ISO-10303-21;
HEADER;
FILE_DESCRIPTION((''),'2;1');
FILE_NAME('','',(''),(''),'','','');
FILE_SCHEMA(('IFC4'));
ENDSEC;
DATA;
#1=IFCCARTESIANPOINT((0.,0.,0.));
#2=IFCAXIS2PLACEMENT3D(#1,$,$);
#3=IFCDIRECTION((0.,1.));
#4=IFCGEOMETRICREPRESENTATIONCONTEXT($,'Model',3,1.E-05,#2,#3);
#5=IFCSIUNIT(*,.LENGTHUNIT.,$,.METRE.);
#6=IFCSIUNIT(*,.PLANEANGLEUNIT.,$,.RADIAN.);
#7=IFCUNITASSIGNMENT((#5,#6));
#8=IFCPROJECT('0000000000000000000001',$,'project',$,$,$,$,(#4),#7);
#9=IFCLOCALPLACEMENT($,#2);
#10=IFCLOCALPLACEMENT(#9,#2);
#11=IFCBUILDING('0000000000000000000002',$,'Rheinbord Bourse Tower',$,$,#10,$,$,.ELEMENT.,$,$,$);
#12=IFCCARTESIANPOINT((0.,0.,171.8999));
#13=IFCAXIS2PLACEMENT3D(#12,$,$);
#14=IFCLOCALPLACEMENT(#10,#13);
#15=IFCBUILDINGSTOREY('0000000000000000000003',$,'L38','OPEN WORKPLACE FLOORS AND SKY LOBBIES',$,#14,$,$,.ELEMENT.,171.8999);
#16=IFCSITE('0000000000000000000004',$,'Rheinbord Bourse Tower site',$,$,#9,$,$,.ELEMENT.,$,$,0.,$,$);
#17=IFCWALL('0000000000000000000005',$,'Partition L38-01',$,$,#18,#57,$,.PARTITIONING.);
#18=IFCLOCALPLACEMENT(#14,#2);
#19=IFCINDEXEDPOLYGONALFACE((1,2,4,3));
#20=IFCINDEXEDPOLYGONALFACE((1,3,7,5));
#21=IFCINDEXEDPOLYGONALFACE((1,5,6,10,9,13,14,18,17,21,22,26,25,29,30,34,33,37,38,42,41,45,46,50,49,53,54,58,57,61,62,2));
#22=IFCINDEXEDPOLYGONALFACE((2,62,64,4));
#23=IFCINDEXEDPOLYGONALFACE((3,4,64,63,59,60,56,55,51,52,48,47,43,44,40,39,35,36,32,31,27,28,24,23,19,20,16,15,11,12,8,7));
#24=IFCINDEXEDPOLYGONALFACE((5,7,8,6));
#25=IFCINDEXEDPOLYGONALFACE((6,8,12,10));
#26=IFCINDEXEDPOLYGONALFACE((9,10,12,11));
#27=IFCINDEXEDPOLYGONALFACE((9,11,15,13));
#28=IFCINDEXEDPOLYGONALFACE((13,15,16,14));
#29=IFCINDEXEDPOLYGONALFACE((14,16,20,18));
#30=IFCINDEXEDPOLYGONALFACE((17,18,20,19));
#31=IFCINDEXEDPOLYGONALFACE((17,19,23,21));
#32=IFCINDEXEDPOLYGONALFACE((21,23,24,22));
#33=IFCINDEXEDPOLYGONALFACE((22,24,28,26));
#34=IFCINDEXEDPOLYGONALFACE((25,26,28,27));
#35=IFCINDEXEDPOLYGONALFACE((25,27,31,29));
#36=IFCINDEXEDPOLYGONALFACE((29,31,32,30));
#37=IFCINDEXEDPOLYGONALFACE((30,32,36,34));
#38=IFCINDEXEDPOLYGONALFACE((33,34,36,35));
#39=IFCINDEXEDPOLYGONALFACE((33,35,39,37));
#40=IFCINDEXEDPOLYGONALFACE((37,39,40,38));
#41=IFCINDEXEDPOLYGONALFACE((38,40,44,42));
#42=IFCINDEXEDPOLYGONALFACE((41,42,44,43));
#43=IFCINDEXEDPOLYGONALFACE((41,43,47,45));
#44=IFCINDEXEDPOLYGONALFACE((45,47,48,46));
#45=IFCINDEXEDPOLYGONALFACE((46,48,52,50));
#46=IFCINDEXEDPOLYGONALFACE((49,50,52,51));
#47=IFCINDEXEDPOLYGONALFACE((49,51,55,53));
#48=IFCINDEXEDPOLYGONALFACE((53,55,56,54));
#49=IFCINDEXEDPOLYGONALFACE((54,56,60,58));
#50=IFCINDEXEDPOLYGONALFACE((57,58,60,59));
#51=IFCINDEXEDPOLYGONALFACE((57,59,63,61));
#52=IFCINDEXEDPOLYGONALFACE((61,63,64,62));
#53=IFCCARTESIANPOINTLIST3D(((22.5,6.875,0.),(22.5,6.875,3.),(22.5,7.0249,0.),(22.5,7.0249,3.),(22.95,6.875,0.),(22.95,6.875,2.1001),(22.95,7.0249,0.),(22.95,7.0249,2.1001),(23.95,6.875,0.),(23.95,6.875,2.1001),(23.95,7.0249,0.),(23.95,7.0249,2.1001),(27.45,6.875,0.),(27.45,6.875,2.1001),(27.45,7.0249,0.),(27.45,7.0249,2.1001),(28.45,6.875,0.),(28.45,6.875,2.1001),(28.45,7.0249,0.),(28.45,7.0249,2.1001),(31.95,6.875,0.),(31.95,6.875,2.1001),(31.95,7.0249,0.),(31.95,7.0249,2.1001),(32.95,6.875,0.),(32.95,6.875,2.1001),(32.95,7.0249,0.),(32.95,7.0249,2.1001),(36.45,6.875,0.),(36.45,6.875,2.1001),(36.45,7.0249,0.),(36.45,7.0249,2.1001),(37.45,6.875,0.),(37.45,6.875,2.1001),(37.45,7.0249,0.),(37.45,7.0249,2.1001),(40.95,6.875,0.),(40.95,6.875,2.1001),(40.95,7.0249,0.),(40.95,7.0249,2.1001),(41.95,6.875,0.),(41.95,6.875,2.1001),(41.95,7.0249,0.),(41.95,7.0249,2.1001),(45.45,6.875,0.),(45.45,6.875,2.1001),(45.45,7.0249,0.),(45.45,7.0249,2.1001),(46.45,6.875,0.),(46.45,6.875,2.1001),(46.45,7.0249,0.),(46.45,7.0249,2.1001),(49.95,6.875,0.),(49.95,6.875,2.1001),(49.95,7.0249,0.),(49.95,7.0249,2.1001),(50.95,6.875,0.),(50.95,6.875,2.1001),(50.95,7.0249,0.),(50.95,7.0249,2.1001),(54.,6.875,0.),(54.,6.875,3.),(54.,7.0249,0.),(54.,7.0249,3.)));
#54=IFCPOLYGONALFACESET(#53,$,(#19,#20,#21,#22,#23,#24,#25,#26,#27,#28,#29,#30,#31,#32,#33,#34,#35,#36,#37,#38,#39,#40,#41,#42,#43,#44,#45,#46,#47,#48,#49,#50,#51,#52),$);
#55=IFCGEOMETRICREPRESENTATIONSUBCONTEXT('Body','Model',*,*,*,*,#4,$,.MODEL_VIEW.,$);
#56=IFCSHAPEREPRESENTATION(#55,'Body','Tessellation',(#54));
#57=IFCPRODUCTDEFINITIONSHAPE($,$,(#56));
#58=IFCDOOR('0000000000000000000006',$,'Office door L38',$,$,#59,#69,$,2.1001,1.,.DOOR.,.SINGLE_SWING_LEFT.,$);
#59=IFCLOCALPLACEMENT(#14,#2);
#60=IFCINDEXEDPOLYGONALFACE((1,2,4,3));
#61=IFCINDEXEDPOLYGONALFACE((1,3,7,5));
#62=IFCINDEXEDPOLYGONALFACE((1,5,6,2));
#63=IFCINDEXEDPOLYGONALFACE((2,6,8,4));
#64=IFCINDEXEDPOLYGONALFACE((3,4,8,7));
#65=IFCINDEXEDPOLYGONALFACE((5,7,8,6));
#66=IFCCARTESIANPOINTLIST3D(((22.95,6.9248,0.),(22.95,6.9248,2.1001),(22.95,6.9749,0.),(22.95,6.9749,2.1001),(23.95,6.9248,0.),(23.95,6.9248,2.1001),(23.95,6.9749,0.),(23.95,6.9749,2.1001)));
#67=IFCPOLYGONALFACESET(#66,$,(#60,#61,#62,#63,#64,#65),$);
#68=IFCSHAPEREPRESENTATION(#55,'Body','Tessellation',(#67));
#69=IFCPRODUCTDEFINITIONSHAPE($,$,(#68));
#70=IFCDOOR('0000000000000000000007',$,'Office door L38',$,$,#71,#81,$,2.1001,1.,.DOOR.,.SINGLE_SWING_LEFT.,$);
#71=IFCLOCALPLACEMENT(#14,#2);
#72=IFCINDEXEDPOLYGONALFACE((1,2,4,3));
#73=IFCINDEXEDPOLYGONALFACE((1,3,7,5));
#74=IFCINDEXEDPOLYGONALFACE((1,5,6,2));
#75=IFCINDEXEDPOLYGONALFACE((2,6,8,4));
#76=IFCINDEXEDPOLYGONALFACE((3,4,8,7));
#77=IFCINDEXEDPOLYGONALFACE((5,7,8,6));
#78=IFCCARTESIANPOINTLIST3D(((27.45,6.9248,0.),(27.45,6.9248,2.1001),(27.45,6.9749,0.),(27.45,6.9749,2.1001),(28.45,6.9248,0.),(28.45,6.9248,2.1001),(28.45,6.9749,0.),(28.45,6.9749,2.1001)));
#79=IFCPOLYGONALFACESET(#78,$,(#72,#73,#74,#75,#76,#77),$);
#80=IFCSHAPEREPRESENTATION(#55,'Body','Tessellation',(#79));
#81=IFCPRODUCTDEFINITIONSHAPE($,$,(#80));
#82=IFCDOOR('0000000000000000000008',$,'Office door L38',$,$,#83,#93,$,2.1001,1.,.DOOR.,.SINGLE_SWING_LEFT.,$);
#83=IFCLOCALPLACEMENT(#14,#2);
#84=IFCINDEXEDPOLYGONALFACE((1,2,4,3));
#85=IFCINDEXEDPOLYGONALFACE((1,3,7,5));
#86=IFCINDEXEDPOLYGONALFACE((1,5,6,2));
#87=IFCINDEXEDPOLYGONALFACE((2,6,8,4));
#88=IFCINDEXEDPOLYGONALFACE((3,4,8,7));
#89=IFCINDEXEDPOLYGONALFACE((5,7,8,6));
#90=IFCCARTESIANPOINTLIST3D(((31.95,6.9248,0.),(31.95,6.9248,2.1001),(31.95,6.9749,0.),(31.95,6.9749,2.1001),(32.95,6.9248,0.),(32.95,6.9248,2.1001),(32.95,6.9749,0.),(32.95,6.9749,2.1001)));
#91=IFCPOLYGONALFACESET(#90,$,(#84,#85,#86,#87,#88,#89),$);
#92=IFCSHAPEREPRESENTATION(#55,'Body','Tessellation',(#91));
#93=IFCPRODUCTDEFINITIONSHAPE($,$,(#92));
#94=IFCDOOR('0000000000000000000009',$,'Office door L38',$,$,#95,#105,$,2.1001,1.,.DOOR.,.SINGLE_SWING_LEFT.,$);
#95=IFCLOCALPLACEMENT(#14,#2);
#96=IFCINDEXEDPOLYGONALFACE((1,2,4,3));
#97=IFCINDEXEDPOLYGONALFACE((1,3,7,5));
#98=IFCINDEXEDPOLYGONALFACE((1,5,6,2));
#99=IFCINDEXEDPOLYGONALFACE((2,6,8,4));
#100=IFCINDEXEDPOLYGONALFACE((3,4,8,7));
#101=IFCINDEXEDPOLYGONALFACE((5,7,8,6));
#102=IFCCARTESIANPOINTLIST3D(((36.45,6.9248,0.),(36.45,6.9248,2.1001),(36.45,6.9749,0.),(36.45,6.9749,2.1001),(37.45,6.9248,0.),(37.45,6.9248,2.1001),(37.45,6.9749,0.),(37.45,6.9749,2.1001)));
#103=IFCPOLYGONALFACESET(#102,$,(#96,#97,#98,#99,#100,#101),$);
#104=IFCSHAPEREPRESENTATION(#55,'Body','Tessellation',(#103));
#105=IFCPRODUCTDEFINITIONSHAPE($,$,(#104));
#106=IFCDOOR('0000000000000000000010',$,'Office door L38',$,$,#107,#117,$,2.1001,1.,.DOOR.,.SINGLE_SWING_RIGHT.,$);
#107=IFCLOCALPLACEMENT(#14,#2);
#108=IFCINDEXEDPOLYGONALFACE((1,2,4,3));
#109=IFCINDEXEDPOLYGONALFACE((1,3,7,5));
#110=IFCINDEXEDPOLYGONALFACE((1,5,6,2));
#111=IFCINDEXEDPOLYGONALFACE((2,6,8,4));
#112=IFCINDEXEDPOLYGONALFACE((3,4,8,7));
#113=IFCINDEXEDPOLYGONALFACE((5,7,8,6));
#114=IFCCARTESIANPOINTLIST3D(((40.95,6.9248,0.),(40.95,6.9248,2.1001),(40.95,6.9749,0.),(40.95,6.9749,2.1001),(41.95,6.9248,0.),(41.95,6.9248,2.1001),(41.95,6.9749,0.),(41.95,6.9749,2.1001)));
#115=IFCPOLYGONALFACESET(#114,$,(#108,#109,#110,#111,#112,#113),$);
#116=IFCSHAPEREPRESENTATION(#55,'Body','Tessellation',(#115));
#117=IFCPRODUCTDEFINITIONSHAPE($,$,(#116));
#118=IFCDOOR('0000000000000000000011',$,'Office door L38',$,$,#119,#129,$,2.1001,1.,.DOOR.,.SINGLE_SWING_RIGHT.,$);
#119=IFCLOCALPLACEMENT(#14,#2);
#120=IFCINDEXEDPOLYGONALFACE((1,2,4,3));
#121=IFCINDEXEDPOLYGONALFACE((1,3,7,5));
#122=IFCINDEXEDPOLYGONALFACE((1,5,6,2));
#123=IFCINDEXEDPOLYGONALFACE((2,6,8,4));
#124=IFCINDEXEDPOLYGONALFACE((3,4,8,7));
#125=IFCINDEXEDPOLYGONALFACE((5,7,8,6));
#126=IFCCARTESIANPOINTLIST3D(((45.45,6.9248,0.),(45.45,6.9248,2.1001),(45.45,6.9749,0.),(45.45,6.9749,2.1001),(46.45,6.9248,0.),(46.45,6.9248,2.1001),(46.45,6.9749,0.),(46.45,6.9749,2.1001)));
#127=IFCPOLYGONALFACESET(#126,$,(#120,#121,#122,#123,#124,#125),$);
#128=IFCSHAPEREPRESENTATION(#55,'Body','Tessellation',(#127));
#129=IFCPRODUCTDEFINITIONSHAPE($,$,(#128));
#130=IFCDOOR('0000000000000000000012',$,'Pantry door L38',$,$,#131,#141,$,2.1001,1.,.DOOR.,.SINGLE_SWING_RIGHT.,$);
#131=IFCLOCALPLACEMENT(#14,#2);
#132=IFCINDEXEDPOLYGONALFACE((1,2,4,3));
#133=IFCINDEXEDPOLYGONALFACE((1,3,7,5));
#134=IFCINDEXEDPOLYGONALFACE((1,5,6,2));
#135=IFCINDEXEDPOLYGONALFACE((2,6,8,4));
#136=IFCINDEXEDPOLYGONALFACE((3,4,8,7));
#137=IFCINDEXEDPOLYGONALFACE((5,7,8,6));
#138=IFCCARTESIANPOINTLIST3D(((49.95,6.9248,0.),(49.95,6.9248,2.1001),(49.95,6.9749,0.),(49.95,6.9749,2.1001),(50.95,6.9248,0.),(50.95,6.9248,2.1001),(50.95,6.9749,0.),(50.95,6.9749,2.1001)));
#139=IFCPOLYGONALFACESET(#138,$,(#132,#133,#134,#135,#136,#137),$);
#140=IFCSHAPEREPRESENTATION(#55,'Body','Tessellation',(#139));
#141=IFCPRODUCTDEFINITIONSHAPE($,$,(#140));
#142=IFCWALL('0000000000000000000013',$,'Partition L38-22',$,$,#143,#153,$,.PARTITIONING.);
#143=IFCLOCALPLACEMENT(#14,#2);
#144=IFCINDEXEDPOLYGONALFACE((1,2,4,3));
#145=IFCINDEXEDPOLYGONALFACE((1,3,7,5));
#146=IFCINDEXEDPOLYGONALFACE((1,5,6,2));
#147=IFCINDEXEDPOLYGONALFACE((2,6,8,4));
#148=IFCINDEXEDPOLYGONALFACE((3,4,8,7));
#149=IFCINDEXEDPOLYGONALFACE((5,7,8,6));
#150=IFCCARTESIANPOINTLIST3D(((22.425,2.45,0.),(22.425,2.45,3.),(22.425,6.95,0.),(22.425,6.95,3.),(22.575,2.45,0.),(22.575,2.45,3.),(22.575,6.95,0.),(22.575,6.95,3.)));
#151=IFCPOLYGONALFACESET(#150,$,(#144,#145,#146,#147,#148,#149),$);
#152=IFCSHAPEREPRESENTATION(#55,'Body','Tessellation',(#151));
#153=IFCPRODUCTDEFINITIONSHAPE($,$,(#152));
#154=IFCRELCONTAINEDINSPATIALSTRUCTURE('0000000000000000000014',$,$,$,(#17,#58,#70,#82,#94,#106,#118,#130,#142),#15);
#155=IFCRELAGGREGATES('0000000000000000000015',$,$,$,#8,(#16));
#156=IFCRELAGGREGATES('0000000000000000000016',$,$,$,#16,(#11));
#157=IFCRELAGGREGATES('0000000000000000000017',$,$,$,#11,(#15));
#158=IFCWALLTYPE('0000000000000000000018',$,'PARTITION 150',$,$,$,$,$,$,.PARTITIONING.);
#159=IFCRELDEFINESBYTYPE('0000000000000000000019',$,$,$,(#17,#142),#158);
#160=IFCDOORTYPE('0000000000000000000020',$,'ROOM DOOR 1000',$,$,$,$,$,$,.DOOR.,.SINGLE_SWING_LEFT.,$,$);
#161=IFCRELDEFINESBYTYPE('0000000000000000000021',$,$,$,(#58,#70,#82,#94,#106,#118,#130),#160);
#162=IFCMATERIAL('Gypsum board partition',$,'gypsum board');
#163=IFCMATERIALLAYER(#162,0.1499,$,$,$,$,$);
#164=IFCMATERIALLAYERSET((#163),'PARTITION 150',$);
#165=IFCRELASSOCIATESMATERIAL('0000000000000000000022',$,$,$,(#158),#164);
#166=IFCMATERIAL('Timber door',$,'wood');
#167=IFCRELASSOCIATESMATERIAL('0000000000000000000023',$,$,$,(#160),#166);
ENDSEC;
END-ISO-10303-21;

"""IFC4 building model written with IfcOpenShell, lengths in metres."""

from ifc_helpers import new_model, si_unit, direction, frame, frame_2d, origin, place, context, subcontext, project, spatial, rectangle, extrude, material, layer, layer_set, type_object, element, fill, save


model = new_model("IFC4")

# Units and contexts
model_context = context("Model", 3, precision=1e-05, world=origin(), true_north=direction((0.0, 1.0)))
body_context = subcontext(model_context, "Body", "Model", "MODEL_VIEW")
ifc_project = project(units=[si_unit("LENGTHUNIT", "METRE"), si_unit("PLANEANGLEUNIT", "RADIAN")], contexts=[model_context])

# Site, building, storey
site_placement = place(None, origin())
site = spatial("IfcSite", under=ifc_project, at=site_placement, Name="Rheinbord Bourse Tower site", CompositionType="ELEMENT", RefElevation=0.0)
building_placement = place(site_placement, origin())
building = spatial("IfcBuilding", under=site, at=building_placement, Name="Rheinbord Bourse Tower", CompositionType="ELEMENT")
storey_placement = place(building_placement, frame((0.0, 0.0, 171.8999)))
storey = spatial("IfcBuildingStorey", under=building, at=storey_placement, Name="L38", Description="OPEN WORKPLACE FLOORS AND SKY LOBBIES", CompositionType="ELEMENT", Elevation=171.8999)

# Wall, openings, doors
ifc_material_1 = material(Name="Gypsum board partition", Category="gypsum board")
ifc_layer_1 = layer(ifc_material_1, 0.1499)
ifc_layer_set_1 = layer_set([ifc_layer_1], Name="PARTITION 150")
wall_type_1 = type_object("IfcWallType", Name="PARTITION 150", PredefinedType="PARTITIONING", material=ifc_layer_set_1)
wall_1_placement = place(storey_placement, frame((22.5, 6.95, 0.0), z_axis=(0.0, 0.0, 1.0), x_axis=(1.0, 0.0, 0.0)))
wall_1 = element("IfcWall", 1, at=wall_1_placement, inside=storey, type_object=wall_type_1, Name="Partition L38-01", PredefinedType="PARTITIONING", context=body_context, shape_type="SweptSolid", body=[
    extrude(rectangle(XDim=31.5, YDim=0.1499, at=frame_2d((15.75, 0.0))), origin(), (0.0, 0.0, 1.0), 3.0),
])
opening_1_placement = place(wall_1_placement, frame((0.45, 0.0, 0.0)))
opening_1 = element("IfcOpeningElement", 2, at=opening_1_placement, cuts=wall_1, PredefinedType="OPENING", context=body_context, shape_type="SweptSolid", body=[
    extrude(rectangle(XDim=1.0, YDim=2.1001, at=frame_2d((0.5, 1.05))), frame((0.0, 0.085, 0.0), z_axis=(0.0, -1.0, 0.0), x_axis=(1.0, 0.0, 0.0)), (0.0, 0.0, 1.0), 0.1699),
])
opening_2_placement = place(wall_1_placement, frame((4.95, 0.0, 0.0)))
opening_2 = element("IfcOpeningElement", 3, at=opening_2_placement, cuts=wall_1, PredefinedType="OPENING", context=body_context, shape_type="SweptSolid", body=[
    extrude(rectangle(XDim=1.0, YDim=2.1001, at=frame_2d((0.5, 1.05))), frame((0.0, 0.085, 0.0), z_axis=(0.0, -1.0, 0.0), x_axis=(1.0, 0.0, 0.0)), (0.0, 0.0, 1.0), 0.1699),
])
opening_3_placement = place(wall_1_placement, frame((9.45, 0.0, 0.0)))
opening_3 = element("IfcOpeningElement", 4, at=opening_3_placement, cuts=wall_1, PredefinedType="OPENING", context=body_context, shape_type="SweptSolid", body=[
    extrude(rectangle(XDim=1.0, YDim=2.1001, at=frame_2d((0.5, 1.05))), frame((0.0, 0.085, 0.0), z_axis=(0.0, -1.0, 0.0), x_axis=(1.0, 0.0, 0.0)), (0.0, 0.0, 1.0), 0.1699),
])
opening_4_placement = place(wall_1_placement, frame((13.95, 0.0, 0.0)))
opening_4 = element("IfcOpeningElement", 5, at=opening_4_placement, cuts=wall_1, PredefinedType="OPENING", context=body_context, shape_type="SweptSolid", body=[
    extrude(rectangle(XDim=1.0, YDim=2.1001, at=frame_2d((0.5, 1.05))), frame((0.0, 0.085, 0.0), z_axis=(0.0, -1.0, 0.0), x_axis=(1.0, 0.0, 0.0)), (0.0, 0.0, 1.0), 0.1699),
])
opening_5_placement = place(wall_1_placement, frame((18.45, 0.0, 0.0)))
opening_5 = element("IfcOpeningElement", 6, at=opening_5_placement, cuts=wall_1, PredefinedType="OPENING", context=body_context, shape_type="SweptSolid", body=[
    extrude(rectangle(XDim=1.0, YDim=2.1001, at=frame_2d((0.5, 1.05))), frame((0.0, 0.085, 0.0), z_axis=(0.0, -1.0, 0.0), x_axis=(1.0, 0.0, 0.0)), (0.0, 0.0, 1.0), 0.1699),
])
opening_6_placement = place(wall_1_placement, frame((22.95, 0.0, 0.0)))
opening_6 = element("IfcOpeningElement", 7, at=opening_6_placement, cuts=wall_1, PredefinedType="OPENING", context=body_context, shape_type="SweptSolid", body=[
    extrude(rectangle(XDim=1.0, YDim=2.1001, at=frame_2d((0.5, 1.05))), frame((0.0, 0.085, 0.0), z_axis=(0.0, -1.0, 0.0), x_axis=(1.0, 0.0, 0.0)), (0.0, 0.0, 1.0), 0.1699),
])
opening_7_placement = place(wall_1_placement, frame((27.45, 0.0, 0.0)))
opening_7 = element("IfcOpeningElement", 8, at=opening_7_placement, cuts=wall_1, PredefinedType="OPENING", context=body_context, shape_type="SweptSolid", body=[
    extrude(rectangle(XDim=1.0, YDim=2.1001, at=frame_2d((0.5, 1.05))), frame((0.0, 0.085, 0.0), z_axis=(0.0, -1.0, 0.0), x_axis=(1.0, 0.0, 0.0)), (0.0, 0.0, 1.0), 0.1699),
])
ifc_material_2 = material(Name="Timber door", Category="wood")
door_type_1 = type_object("IfcDoorType", Name="ROOM DOOR 1000", OperationType="SINGLE_SWING_LEFT", PredefinedType="DOOR", material=ifc_material_2)
door_1_placement = place(opening_1_placement, origin())
door_1 = element("IfcDoor", 9, at=door_1_placement, inside=storey, type_object=door_type_1, Name="Office door L38", OperationType="SINGLE_SWING_LEFT", OverallHeight=2.1001, OverallWidth=1.0, PredefinedType="DOOR", context=body_context, shape_type="SweptSolid", body=[
    extrude(rectangle(XDim=1.0, YDim=2.1001, at=frame_2d((0.5, 1.05))), frame((0.0, 0.0249, 0.0), z_axis=(0.0, -1.0, 0.0), x_axis=(1.0, 0.0, 0.0)), (0.0, 0.0, 1.0), 0.05),
])
fill(opening_1, door_1)
door_2_placement = place(opening_2_placement, origin())
door_2 = element("IfcDoor", 10, at=door_2_placement, inside=storey, type_object=door_type_1, Name="Office door L38", OperationType="SINGLE_SWING_LEFT", OverallHeight=2.1001, OverallWidth=1.0, PredefinedType="DOOR", context=body_context, shape_type="SweptSolid", body=[
    extrude(rectangle(XDim=1.0, YDim=2.1001, at=frame_2d((0.5, 1.05))), frame((0.0, 0.0249, 0.0), z_axis=(0.0, -1.0, 0.0), x_axis=(1.0, 0.0, 0.0)), (0.0, 0.0, 1.0), 0.05),
])
fill(opening_2, door_2)
door_3_placement = place(opening_3_placement, origin())
door_3 = element("IfcDoor", 11, at=door_3_placement, inside=storey, type_object=door_type_1, Name="Office door L38", OperationType="SINGLE_SWING_LEFT", OverallHeight=2.1001, OverallWidth=1.0, PredefinedType="DOOR", context=body_context, shape_type="SweptSolid", body=[
    extrude(rectangle(XDim=1.0, YDim=2.1001, at=frame_2d((0.5, 1.05))), frame((0.0, 0.0249, 0.0), z_axis=(0.0, -1.0, 0.0), x_axis=(1.0, 0.0, 0.0)), (0.0, 0.0, 1.0), 0.05),
])
fill(opening_3, door_3)
door_4_placement = place(opening_4_placement, origin())
door_4 = element("IfcDoor", 12, at=door_4_placement, inside=storey, type_object=door_type_1, Name="Office door L38", OperationType="SINGLE_SWING_LEFT", OverallHeight=2.1001, OverallWidth=1.0, PredefinedType="DOOR", context=body_context, shape_type="SweptSolid", body=[
    extrude(rectangle(XDim=1.0, YDim=2.1001, at=frame_2d((0.5, 1.05))), frame((0.0, 0.0249, 0.0), z_axis=(0.0, -1.0, 0.0), x_axis=(1.0, 0.0, 0.0)), (0.0, 0.0, 1.0), 0.05),
])
fill(opening_4, door_4)
door_5_placement = place(opening_5_placement, origin())
door_5 = element("IfcDoor", 13, at=door_5_placement, inside=storey, type_object=door_type_1, Name="Office door L38", OperationType="SINGLE_SWING_RIGHT", OverallHeight=2.1001, OverallWidth=1.0, PredefinedType="DOOR", context=body_context, shape_type="SweptSolid", body=[
    extrude(rectangle(XDim=1.0, YDim=2.1001, at=frame_2d((0.5, 1.05))), frame((0.0, 0.0249, 0.0), z_axis=(0.0, -1.0, 0.0), x_axis=(1.0, 0.0, 0.0)), (0.0, 0.0, 1.0), 0.05),
])
fill(opening_5, door_5)
door_6_placement = place(opening_6_placement, origin())
door_6 = element("IfcDoor", 14, at=door_6_placement, inside=storey, type_object=door_type_1, Name="Office door L38", OperationType="SINGLE_SWING_RIGHT", OverallHeight=2.1001, OverallWidth=1.0, PredefinedType="DOOR", context=body_context, shape_type="SweptSolid", body=[
    extrude(rectangle(XDim=1.0, YDim=2.1001, at=frame_2d((0.5, 1.05))), frame((0.0, 0.0249, 0.0), z_axis=(0.0, -1.0, 0.0), x_axis=(1.0, 0.0, 0.0)), (0.0, 0.0, 1.0), 0.05),
])
fill(opening_6, door_6)
door_7_placement = place(opening_7_placement, origin())
door_7 = element("IfcDoor", 15, at=door_7_placement, inside=storey, type_object=door_type_1, Name="Pantry door L38", OperationType="SINGLE_SWING_RIGHT", OverallHeight=2.1001, OverallWidth=1.0, PredefinedType="DOOR", context=body_context, shape_type="SweptSolid", body=[
    extrude(rectangle(XDim=1.0, YDim=2.1001, at=frame_2d((0.5, 1.05))), frame((0.0, 0.0249, 0.0), z_axis=(0.0, -1.0, 0.0), x_axis=(1.0, 0.0, 0.0)), (0.0, 0.0, 1.0), 0.05),
])
fill(opening_7, door_7)

# Wall
wall_2_placement = place(storey_placement, frame((22.5, 2.45, 0.0), z_axis=(0.0, 0.0, 1.0), x_axis=(0.0, 1.0, 0.0)))
element("IfcWall", 16, at=wall_2_placement, inside=storey, type_object=wall_type_1, Name="Partition L38-22", PredefinedType="PARTITIONING", context=body_context, shape_type="SweptSolid", body=[
    extrude(rectangle(XDim=4.5, YDim=0.1499, at=frame_2d((2.25, 0.0))), origin(), (0.0, 0.0, 1.0), 3.0),
])

save(model, "model.ifc")
